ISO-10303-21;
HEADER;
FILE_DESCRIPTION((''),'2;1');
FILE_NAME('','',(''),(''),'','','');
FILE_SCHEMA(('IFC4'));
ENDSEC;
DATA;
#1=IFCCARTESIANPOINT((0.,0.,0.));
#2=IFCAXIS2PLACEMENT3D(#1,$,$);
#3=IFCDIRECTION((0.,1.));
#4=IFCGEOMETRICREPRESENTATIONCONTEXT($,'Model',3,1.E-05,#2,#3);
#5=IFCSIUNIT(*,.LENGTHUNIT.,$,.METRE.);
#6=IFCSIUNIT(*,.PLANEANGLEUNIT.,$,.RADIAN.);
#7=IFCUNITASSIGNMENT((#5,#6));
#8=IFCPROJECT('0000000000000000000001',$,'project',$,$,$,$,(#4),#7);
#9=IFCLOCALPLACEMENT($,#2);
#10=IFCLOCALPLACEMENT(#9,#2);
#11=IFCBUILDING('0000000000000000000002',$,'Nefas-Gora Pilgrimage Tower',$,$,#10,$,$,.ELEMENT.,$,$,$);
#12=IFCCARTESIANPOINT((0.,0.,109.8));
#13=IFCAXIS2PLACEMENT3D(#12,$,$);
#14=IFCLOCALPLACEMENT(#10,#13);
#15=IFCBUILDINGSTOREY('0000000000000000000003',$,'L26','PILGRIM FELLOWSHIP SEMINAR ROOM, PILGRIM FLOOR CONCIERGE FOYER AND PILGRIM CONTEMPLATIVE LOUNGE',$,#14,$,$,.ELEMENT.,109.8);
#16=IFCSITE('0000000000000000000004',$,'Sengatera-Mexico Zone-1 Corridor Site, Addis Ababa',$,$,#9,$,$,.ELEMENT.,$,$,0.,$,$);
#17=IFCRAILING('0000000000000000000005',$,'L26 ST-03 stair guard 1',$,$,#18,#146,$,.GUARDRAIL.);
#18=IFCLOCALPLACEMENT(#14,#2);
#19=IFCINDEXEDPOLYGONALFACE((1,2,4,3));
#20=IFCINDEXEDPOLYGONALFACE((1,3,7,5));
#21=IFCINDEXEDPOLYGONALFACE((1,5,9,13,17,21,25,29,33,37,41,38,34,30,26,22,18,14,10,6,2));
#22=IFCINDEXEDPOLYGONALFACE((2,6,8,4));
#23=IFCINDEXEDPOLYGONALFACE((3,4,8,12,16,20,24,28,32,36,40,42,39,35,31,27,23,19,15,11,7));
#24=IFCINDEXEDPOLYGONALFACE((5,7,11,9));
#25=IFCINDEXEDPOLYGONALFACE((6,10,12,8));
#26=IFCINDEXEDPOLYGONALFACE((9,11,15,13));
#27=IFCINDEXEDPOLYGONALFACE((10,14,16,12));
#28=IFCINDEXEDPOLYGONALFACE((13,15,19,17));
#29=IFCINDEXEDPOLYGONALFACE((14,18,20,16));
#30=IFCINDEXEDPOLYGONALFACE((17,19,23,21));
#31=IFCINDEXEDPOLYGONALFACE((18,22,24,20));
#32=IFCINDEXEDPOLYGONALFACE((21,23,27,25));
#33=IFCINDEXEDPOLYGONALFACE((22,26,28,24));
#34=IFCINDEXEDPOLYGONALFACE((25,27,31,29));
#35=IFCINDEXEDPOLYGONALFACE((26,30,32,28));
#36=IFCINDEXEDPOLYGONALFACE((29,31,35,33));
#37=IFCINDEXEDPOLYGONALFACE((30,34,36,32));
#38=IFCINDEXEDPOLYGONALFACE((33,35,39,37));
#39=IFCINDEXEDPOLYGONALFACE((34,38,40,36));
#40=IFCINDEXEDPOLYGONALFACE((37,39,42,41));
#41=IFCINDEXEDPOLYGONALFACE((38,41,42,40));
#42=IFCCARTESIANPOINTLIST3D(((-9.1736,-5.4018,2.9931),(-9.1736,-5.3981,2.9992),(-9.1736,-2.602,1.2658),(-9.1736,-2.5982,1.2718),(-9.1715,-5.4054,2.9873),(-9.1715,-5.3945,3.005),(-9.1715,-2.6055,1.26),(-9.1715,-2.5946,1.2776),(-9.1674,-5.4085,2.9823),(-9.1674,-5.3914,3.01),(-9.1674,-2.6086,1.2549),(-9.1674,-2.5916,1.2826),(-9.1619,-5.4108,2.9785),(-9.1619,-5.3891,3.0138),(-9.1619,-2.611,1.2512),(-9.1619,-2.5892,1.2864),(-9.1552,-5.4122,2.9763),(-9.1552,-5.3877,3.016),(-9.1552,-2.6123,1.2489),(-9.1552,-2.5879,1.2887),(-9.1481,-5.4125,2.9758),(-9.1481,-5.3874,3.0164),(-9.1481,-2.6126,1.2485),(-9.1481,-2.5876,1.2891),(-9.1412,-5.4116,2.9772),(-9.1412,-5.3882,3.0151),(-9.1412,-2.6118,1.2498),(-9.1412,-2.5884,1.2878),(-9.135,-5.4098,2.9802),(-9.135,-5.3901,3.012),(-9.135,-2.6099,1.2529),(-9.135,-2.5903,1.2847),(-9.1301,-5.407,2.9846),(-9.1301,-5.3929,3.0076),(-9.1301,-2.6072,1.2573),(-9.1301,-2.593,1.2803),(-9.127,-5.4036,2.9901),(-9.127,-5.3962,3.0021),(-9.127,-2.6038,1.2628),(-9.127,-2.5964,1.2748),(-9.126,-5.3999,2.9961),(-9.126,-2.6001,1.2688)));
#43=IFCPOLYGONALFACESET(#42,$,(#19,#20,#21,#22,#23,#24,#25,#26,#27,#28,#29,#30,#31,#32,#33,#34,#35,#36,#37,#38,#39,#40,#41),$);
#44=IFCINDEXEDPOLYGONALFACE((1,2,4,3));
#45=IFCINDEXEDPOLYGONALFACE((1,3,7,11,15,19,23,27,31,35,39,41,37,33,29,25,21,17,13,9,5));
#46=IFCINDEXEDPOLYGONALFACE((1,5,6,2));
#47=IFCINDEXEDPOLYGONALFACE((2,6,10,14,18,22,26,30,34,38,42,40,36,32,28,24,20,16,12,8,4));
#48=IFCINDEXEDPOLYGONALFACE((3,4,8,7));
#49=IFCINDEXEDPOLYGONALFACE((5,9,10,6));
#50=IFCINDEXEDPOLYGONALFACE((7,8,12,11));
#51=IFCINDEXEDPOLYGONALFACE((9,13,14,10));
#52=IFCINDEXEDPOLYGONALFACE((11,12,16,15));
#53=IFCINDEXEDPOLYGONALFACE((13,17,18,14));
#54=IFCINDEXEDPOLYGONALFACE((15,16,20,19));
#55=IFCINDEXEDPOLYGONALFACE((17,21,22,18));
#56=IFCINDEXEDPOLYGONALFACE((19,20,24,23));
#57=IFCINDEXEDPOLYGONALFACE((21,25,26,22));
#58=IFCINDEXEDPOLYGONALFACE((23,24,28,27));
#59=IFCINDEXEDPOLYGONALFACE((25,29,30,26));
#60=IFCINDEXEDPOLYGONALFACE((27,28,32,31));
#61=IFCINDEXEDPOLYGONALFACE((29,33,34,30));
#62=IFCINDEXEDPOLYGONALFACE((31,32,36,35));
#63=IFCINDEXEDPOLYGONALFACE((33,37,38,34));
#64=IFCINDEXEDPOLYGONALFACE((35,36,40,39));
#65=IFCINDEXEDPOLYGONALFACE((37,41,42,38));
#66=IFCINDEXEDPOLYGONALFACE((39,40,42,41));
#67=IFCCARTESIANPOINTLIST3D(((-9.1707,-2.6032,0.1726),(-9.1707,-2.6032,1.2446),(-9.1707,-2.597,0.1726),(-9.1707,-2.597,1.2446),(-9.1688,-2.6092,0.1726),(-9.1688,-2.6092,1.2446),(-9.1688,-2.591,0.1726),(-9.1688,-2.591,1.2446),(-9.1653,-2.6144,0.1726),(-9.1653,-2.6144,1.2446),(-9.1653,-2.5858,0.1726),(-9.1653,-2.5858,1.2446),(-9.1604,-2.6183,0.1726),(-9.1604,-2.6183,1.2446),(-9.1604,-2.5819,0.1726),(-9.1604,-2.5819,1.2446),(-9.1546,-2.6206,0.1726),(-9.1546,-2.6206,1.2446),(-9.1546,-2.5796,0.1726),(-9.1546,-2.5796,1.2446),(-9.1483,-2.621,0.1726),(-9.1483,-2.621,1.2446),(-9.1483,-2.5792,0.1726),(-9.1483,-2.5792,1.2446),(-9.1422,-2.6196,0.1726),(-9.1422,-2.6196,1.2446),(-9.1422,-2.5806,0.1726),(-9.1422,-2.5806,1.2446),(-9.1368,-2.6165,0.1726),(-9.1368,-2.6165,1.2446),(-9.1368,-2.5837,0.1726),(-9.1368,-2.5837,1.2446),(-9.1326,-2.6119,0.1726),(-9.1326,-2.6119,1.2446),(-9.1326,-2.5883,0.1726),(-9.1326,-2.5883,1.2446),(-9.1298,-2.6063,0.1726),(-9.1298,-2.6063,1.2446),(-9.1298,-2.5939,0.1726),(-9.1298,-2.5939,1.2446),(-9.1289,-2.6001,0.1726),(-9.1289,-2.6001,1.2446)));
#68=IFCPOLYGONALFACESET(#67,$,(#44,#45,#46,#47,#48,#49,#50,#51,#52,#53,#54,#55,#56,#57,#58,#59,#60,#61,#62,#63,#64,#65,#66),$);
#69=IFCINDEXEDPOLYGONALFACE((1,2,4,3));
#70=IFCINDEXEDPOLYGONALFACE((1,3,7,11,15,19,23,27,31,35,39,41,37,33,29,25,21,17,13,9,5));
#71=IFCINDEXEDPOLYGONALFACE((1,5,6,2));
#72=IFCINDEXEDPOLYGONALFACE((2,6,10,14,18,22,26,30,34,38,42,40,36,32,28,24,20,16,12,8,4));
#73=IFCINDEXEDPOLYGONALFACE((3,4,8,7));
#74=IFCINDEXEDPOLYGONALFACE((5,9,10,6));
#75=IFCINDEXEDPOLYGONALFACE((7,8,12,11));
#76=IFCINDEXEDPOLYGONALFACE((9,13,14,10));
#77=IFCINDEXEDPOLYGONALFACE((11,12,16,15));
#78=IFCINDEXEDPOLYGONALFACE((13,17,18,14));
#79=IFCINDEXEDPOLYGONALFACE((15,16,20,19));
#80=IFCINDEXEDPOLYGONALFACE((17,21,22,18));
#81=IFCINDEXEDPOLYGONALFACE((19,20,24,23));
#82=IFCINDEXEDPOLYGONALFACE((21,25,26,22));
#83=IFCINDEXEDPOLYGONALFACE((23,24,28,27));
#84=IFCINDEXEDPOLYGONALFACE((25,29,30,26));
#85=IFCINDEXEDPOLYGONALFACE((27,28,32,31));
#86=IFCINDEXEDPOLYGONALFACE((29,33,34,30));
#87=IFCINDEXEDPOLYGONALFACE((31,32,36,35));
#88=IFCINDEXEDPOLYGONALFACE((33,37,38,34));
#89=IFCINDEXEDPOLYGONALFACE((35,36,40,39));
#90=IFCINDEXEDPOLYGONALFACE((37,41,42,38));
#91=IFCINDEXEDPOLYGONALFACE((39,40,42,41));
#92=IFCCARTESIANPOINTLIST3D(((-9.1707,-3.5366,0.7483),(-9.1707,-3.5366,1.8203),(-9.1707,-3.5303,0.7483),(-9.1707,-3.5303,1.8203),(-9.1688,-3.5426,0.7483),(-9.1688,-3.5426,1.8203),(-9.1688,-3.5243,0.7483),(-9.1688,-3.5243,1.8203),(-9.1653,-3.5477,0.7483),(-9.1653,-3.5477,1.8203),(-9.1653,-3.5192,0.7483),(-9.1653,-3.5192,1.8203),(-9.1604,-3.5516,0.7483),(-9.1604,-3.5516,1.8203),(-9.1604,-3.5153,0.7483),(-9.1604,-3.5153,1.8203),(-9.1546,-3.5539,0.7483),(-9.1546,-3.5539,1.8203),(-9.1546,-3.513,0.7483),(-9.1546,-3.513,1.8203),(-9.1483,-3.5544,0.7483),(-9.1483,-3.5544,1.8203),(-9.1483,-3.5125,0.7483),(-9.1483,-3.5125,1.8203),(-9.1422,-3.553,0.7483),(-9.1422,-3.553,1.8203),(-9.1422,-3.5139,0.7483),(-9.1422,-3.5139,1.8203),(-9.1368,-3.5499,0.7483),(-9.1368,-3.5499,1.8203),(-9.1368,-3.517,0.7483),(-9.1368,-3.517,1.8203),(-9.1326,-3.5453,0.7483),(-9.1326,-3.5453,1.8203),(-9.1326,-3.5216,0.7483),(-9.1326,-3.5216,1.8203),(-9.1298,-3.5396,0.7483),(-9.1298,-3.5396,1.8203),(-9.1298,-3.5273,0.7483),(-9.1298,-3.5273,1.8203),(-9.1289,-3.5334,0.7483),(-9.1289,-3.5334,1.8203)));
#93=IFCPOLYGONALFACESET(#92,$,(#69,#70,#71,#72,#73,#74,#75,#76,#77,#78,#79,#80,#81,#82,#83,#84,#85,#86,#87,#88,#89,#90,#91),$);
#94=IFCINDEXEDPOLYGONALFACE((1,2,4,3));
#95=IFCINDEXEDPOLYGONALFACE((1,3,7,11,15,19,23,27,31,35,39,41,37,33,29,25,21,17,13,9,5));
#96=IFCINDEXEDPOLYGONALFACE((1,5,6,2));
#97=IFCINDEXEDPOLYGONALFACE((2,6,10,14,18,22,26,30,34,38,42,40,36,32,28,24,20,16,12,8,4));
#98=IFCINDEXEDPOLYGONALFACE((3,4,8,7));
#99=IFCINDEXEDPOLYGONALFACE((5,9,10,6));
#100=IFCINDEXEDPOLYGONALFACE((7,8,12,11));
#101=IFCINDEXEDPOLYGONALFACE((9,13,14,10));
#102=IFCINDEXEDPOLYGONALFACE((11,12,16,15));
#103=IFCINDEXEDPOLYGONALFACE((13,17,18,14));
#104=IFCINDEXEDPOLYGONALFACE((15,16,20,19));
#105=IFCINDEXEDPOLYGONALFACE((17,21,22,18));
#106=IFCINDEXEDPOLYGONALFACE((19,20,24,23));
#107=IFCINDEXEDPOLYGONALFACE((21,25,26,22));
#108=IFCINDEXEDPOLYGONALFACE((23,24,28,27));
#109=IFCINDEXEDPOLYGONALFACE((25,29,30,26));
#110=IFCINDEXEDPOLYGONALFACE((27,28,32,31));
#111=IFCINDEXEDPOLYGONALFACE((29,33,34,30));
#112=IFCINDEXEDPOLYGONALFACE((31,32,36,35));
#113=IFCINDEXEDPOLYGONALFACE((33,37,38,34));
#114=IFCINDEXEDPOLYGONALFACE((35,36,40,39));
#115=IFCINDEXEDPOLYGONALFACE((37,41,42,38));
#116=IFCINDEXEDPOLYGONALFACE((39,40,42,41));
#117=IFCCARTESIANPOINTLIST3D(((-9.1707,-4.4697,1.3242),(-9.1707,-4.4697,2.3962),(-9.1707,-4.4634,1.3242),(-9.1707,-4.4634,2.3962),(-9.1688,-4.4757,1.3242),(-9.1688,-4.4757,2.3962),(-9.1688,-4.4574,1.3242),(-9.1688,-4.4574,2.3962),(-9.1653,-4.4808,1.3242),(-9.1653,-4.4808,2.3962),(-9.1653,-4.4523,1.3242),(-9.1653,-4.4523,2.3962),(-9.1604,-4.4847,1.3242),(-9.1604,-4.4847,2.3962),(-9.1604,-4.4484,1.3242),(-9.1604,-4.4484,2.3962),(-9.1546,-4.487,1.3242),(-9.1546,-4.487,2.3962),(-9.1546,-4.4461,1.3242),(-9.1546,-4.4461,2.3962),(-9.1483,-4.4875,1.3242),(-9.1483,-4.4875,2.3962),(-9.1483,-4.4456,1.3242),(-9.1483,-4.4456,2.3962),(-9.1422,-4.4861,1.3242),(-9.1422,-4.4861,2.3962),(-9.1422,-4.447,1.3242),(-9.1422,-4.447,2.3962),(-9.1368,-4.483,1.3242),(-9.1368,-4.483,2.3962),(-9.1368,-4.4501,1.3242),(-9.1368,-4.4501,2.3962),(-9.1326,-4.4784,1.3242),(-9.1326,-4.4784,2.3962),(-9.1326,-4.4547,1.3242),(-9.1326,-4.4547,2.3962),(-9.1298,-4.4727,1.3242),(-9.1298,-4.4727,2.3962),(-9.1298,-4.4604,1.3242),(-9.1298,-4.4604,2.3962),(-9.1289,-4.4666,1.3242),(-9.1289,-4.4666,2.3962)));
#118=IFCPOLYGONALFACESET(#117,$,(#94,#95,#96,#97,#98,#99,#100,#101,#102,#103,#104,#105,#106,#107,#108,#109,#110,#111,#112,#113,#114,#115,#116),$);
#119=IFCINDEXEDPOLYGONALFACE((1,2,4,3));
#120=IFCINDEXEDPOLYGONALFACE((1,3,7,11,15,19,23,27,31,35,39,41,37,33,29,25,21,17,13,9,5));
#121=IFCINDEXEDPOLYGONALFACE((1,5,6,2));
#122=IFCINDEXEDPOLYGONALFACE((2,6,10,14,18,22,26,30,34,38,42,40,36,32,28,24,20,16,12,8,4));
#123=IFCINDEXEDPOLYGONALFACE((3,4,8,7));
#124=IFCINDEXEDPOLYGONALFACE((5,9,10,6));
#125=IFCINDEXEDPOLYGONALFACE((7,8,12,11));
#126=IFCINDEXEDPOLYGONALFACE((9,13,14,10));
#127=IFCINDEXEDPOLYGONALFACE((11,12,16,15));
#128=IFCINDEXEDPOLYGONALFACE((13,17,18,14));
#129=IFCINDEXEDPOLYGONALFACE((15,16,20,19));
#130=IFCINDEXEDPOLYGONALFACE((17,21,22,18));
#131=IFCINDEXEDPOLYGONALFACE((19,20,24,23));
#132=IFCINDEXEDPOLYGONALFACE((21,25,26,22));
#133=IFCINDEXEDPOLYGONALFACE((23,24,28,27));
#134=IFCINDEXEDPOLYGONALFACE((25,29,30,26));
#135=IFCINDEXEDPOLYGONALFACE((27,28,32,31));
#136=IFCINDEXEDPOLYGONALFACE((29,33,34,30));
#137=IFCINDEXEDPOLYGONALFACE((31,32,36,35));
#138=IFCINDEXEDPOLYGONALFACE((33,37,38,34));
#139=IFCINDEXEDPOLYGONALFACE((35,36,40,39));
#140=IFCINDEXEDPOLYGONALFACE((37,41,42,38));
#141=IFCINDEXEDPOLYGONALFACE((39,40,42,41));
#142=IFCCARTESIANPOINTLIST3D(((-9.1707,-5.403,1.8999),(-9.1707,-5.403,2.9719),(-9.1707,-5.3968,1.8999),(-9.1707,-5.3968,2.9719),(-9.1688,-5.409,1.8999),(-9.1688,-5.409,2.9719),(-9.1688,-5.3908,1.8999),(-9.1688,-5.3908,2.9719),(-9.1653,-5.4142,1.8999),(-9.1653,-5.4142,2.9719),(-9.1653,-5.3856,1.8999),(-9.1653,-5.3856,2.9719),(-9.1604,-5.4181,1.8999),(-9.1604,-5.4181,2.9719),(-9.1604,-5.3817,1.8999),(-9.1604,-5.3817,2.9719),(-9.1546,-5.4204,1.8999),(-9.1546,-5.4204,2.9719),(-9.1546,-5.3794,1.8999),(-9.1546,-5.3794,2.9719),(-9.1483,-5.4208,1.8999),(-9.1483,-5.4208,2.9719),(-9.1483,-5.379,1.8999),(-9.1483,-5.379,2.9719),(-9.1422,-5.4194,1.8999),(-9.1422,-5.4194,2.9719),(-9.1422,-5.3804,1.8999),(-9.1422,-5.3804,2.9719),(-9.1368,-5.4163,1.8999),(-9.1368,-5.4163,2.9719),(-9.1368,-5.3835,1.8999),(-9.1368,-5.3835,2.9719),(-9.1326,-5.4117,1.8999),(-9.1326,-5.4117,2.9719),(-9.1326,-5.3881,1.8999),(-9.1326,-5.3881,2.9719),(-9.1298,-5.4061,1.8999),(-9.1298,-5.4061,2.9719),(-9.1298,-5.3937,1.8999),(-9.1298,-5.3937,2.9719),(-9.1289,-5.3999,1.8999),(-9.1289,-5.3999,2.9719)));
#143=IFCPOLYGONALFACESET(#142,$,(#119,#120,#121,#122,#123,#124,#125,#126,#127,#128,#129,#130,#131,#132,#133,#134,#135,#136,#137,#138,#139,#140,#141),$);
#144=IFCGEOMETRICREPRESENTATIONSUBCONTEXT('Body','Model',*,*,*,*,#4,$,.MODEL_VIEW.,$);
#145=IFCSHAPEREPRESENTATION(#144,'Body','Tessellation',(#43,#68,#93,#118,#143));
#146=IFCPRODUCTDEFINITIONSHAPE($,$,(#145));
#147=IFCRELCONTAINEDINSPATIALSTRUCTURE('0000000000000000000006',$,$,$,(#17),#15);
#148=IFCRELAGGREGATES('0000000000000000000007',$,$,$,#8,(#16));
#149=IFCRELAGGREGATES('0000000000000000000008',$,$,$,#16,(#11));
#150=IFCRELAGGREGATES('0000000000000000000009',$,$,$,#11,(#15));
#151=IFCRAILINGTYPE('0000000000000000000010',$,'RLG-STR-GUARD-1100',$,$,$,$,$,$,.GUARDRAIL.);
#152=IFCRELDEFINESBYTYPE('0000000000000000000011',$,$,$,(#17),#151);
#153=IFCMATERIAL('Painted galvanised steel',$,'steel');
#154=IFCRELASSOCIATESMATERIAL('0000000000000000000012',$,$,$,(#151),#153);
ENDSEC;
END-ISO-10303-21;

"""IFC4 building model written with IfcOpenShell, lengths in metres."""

from ifc_helpers import new_model, si_unit, direction, frame, origin, origin_2d, place, context, subcontext, project, spatial, circle, extrude, material, type_object, element, save


model = new_model("IFC4")

# Units and contexts
model_context = context("Model", 3, precision=1e-05, world=origin(), true_north=direction((0.0, 1.0)))
body_context = subcontext(model_context, "Body", "Model", "MODEL_VIEW")
ifc_project = project(units=[si_unit("LENGTHUNIT", "METRE"), si_unit("PLANEANGLEUNIT", "RADIAN")], contexts=[model_context])

# Site, building, storey
site_placement = place(None, origin())
site = spatial("IfcSite", under=ifc_project, at=site_placement, Name="Sengatera-Mexico Zone-1 Corridor Site, Addis Ababa", CompositionType="ELEMENT", RefElevation=0.0)
building_placement = place(site_placement, origin())
building = spatial("IfcBuilding", under=site, at=building_placement, Name="Nefas-Gora Pilgrimage Tower", CompositionType="ELEMENT")
storey_placement = place(building_placement, frame((0.0, 0.0, 109.8)))
storey = spatial("IfcBuildingStorey", under=building, at=storey_placement, Name="L26", Description="PILGRIM FELLOWSHIP SEMINAR ROOM, PILGRIM FLOOR CONCIERGE FOYER AND PILGRIM CONTEMPLATIVE LOUNGE", CompositionType="ELEMENT", Elevation=109.8)

# Railing
ifc_material_1 = material(Name="Painted galvanised steel", Category="steel")
railing_type_1 = type_object("IfcRailingType", Name="RLG-STR-GUARD-1100", PredefinedType="GUARDRAIL", material=ifc_material_1)
railing_1_placement = place(storey_placement, frame((-9.1499, -2.6001, 0.1726)))
element("IfcRailing", 1, at=railing_1_placement, inside=storey, type_object=railing_type_1, Name="L26 ST-03 stair guard 1", PredefinedType="GUARDRAIL", context=body_context, shape_type="SweptSolid", body=[
    extrude(circle(Radius=0.0239, at=origin_2d()), frame((0.0, 0.0, 1.0962), z_axis=(0.0, -0.851069, 0.525054), x_axis=(1.0, 0.0, 0.0)), (0.0, 0.0, 1.0), 3.2898),
    extrude(circle(Radius=0.021, at=origin_2d()), origin(), (0.0, 0.0, 1.0), 1.072),
    extrude(circle(Radius=0.021, at=origin_2d()), frame((0.0, -0.9333, 0.5757)), (0.0, 0.0, 1.0), 1.072),
    extrude(circle(Radius=0.021, at=origin_2d()), frame((0.0, -1.8665, 1.1516)), (0.0, 0.0, 1.0), 1.072),
    extrude(circle(Radius=0.021, at=origin_2d()), frame((0.0, -2.7998, 1.7273)), (0.0, 0.0, 1.0), 1.072),
])

save(model, "model.ifc")
